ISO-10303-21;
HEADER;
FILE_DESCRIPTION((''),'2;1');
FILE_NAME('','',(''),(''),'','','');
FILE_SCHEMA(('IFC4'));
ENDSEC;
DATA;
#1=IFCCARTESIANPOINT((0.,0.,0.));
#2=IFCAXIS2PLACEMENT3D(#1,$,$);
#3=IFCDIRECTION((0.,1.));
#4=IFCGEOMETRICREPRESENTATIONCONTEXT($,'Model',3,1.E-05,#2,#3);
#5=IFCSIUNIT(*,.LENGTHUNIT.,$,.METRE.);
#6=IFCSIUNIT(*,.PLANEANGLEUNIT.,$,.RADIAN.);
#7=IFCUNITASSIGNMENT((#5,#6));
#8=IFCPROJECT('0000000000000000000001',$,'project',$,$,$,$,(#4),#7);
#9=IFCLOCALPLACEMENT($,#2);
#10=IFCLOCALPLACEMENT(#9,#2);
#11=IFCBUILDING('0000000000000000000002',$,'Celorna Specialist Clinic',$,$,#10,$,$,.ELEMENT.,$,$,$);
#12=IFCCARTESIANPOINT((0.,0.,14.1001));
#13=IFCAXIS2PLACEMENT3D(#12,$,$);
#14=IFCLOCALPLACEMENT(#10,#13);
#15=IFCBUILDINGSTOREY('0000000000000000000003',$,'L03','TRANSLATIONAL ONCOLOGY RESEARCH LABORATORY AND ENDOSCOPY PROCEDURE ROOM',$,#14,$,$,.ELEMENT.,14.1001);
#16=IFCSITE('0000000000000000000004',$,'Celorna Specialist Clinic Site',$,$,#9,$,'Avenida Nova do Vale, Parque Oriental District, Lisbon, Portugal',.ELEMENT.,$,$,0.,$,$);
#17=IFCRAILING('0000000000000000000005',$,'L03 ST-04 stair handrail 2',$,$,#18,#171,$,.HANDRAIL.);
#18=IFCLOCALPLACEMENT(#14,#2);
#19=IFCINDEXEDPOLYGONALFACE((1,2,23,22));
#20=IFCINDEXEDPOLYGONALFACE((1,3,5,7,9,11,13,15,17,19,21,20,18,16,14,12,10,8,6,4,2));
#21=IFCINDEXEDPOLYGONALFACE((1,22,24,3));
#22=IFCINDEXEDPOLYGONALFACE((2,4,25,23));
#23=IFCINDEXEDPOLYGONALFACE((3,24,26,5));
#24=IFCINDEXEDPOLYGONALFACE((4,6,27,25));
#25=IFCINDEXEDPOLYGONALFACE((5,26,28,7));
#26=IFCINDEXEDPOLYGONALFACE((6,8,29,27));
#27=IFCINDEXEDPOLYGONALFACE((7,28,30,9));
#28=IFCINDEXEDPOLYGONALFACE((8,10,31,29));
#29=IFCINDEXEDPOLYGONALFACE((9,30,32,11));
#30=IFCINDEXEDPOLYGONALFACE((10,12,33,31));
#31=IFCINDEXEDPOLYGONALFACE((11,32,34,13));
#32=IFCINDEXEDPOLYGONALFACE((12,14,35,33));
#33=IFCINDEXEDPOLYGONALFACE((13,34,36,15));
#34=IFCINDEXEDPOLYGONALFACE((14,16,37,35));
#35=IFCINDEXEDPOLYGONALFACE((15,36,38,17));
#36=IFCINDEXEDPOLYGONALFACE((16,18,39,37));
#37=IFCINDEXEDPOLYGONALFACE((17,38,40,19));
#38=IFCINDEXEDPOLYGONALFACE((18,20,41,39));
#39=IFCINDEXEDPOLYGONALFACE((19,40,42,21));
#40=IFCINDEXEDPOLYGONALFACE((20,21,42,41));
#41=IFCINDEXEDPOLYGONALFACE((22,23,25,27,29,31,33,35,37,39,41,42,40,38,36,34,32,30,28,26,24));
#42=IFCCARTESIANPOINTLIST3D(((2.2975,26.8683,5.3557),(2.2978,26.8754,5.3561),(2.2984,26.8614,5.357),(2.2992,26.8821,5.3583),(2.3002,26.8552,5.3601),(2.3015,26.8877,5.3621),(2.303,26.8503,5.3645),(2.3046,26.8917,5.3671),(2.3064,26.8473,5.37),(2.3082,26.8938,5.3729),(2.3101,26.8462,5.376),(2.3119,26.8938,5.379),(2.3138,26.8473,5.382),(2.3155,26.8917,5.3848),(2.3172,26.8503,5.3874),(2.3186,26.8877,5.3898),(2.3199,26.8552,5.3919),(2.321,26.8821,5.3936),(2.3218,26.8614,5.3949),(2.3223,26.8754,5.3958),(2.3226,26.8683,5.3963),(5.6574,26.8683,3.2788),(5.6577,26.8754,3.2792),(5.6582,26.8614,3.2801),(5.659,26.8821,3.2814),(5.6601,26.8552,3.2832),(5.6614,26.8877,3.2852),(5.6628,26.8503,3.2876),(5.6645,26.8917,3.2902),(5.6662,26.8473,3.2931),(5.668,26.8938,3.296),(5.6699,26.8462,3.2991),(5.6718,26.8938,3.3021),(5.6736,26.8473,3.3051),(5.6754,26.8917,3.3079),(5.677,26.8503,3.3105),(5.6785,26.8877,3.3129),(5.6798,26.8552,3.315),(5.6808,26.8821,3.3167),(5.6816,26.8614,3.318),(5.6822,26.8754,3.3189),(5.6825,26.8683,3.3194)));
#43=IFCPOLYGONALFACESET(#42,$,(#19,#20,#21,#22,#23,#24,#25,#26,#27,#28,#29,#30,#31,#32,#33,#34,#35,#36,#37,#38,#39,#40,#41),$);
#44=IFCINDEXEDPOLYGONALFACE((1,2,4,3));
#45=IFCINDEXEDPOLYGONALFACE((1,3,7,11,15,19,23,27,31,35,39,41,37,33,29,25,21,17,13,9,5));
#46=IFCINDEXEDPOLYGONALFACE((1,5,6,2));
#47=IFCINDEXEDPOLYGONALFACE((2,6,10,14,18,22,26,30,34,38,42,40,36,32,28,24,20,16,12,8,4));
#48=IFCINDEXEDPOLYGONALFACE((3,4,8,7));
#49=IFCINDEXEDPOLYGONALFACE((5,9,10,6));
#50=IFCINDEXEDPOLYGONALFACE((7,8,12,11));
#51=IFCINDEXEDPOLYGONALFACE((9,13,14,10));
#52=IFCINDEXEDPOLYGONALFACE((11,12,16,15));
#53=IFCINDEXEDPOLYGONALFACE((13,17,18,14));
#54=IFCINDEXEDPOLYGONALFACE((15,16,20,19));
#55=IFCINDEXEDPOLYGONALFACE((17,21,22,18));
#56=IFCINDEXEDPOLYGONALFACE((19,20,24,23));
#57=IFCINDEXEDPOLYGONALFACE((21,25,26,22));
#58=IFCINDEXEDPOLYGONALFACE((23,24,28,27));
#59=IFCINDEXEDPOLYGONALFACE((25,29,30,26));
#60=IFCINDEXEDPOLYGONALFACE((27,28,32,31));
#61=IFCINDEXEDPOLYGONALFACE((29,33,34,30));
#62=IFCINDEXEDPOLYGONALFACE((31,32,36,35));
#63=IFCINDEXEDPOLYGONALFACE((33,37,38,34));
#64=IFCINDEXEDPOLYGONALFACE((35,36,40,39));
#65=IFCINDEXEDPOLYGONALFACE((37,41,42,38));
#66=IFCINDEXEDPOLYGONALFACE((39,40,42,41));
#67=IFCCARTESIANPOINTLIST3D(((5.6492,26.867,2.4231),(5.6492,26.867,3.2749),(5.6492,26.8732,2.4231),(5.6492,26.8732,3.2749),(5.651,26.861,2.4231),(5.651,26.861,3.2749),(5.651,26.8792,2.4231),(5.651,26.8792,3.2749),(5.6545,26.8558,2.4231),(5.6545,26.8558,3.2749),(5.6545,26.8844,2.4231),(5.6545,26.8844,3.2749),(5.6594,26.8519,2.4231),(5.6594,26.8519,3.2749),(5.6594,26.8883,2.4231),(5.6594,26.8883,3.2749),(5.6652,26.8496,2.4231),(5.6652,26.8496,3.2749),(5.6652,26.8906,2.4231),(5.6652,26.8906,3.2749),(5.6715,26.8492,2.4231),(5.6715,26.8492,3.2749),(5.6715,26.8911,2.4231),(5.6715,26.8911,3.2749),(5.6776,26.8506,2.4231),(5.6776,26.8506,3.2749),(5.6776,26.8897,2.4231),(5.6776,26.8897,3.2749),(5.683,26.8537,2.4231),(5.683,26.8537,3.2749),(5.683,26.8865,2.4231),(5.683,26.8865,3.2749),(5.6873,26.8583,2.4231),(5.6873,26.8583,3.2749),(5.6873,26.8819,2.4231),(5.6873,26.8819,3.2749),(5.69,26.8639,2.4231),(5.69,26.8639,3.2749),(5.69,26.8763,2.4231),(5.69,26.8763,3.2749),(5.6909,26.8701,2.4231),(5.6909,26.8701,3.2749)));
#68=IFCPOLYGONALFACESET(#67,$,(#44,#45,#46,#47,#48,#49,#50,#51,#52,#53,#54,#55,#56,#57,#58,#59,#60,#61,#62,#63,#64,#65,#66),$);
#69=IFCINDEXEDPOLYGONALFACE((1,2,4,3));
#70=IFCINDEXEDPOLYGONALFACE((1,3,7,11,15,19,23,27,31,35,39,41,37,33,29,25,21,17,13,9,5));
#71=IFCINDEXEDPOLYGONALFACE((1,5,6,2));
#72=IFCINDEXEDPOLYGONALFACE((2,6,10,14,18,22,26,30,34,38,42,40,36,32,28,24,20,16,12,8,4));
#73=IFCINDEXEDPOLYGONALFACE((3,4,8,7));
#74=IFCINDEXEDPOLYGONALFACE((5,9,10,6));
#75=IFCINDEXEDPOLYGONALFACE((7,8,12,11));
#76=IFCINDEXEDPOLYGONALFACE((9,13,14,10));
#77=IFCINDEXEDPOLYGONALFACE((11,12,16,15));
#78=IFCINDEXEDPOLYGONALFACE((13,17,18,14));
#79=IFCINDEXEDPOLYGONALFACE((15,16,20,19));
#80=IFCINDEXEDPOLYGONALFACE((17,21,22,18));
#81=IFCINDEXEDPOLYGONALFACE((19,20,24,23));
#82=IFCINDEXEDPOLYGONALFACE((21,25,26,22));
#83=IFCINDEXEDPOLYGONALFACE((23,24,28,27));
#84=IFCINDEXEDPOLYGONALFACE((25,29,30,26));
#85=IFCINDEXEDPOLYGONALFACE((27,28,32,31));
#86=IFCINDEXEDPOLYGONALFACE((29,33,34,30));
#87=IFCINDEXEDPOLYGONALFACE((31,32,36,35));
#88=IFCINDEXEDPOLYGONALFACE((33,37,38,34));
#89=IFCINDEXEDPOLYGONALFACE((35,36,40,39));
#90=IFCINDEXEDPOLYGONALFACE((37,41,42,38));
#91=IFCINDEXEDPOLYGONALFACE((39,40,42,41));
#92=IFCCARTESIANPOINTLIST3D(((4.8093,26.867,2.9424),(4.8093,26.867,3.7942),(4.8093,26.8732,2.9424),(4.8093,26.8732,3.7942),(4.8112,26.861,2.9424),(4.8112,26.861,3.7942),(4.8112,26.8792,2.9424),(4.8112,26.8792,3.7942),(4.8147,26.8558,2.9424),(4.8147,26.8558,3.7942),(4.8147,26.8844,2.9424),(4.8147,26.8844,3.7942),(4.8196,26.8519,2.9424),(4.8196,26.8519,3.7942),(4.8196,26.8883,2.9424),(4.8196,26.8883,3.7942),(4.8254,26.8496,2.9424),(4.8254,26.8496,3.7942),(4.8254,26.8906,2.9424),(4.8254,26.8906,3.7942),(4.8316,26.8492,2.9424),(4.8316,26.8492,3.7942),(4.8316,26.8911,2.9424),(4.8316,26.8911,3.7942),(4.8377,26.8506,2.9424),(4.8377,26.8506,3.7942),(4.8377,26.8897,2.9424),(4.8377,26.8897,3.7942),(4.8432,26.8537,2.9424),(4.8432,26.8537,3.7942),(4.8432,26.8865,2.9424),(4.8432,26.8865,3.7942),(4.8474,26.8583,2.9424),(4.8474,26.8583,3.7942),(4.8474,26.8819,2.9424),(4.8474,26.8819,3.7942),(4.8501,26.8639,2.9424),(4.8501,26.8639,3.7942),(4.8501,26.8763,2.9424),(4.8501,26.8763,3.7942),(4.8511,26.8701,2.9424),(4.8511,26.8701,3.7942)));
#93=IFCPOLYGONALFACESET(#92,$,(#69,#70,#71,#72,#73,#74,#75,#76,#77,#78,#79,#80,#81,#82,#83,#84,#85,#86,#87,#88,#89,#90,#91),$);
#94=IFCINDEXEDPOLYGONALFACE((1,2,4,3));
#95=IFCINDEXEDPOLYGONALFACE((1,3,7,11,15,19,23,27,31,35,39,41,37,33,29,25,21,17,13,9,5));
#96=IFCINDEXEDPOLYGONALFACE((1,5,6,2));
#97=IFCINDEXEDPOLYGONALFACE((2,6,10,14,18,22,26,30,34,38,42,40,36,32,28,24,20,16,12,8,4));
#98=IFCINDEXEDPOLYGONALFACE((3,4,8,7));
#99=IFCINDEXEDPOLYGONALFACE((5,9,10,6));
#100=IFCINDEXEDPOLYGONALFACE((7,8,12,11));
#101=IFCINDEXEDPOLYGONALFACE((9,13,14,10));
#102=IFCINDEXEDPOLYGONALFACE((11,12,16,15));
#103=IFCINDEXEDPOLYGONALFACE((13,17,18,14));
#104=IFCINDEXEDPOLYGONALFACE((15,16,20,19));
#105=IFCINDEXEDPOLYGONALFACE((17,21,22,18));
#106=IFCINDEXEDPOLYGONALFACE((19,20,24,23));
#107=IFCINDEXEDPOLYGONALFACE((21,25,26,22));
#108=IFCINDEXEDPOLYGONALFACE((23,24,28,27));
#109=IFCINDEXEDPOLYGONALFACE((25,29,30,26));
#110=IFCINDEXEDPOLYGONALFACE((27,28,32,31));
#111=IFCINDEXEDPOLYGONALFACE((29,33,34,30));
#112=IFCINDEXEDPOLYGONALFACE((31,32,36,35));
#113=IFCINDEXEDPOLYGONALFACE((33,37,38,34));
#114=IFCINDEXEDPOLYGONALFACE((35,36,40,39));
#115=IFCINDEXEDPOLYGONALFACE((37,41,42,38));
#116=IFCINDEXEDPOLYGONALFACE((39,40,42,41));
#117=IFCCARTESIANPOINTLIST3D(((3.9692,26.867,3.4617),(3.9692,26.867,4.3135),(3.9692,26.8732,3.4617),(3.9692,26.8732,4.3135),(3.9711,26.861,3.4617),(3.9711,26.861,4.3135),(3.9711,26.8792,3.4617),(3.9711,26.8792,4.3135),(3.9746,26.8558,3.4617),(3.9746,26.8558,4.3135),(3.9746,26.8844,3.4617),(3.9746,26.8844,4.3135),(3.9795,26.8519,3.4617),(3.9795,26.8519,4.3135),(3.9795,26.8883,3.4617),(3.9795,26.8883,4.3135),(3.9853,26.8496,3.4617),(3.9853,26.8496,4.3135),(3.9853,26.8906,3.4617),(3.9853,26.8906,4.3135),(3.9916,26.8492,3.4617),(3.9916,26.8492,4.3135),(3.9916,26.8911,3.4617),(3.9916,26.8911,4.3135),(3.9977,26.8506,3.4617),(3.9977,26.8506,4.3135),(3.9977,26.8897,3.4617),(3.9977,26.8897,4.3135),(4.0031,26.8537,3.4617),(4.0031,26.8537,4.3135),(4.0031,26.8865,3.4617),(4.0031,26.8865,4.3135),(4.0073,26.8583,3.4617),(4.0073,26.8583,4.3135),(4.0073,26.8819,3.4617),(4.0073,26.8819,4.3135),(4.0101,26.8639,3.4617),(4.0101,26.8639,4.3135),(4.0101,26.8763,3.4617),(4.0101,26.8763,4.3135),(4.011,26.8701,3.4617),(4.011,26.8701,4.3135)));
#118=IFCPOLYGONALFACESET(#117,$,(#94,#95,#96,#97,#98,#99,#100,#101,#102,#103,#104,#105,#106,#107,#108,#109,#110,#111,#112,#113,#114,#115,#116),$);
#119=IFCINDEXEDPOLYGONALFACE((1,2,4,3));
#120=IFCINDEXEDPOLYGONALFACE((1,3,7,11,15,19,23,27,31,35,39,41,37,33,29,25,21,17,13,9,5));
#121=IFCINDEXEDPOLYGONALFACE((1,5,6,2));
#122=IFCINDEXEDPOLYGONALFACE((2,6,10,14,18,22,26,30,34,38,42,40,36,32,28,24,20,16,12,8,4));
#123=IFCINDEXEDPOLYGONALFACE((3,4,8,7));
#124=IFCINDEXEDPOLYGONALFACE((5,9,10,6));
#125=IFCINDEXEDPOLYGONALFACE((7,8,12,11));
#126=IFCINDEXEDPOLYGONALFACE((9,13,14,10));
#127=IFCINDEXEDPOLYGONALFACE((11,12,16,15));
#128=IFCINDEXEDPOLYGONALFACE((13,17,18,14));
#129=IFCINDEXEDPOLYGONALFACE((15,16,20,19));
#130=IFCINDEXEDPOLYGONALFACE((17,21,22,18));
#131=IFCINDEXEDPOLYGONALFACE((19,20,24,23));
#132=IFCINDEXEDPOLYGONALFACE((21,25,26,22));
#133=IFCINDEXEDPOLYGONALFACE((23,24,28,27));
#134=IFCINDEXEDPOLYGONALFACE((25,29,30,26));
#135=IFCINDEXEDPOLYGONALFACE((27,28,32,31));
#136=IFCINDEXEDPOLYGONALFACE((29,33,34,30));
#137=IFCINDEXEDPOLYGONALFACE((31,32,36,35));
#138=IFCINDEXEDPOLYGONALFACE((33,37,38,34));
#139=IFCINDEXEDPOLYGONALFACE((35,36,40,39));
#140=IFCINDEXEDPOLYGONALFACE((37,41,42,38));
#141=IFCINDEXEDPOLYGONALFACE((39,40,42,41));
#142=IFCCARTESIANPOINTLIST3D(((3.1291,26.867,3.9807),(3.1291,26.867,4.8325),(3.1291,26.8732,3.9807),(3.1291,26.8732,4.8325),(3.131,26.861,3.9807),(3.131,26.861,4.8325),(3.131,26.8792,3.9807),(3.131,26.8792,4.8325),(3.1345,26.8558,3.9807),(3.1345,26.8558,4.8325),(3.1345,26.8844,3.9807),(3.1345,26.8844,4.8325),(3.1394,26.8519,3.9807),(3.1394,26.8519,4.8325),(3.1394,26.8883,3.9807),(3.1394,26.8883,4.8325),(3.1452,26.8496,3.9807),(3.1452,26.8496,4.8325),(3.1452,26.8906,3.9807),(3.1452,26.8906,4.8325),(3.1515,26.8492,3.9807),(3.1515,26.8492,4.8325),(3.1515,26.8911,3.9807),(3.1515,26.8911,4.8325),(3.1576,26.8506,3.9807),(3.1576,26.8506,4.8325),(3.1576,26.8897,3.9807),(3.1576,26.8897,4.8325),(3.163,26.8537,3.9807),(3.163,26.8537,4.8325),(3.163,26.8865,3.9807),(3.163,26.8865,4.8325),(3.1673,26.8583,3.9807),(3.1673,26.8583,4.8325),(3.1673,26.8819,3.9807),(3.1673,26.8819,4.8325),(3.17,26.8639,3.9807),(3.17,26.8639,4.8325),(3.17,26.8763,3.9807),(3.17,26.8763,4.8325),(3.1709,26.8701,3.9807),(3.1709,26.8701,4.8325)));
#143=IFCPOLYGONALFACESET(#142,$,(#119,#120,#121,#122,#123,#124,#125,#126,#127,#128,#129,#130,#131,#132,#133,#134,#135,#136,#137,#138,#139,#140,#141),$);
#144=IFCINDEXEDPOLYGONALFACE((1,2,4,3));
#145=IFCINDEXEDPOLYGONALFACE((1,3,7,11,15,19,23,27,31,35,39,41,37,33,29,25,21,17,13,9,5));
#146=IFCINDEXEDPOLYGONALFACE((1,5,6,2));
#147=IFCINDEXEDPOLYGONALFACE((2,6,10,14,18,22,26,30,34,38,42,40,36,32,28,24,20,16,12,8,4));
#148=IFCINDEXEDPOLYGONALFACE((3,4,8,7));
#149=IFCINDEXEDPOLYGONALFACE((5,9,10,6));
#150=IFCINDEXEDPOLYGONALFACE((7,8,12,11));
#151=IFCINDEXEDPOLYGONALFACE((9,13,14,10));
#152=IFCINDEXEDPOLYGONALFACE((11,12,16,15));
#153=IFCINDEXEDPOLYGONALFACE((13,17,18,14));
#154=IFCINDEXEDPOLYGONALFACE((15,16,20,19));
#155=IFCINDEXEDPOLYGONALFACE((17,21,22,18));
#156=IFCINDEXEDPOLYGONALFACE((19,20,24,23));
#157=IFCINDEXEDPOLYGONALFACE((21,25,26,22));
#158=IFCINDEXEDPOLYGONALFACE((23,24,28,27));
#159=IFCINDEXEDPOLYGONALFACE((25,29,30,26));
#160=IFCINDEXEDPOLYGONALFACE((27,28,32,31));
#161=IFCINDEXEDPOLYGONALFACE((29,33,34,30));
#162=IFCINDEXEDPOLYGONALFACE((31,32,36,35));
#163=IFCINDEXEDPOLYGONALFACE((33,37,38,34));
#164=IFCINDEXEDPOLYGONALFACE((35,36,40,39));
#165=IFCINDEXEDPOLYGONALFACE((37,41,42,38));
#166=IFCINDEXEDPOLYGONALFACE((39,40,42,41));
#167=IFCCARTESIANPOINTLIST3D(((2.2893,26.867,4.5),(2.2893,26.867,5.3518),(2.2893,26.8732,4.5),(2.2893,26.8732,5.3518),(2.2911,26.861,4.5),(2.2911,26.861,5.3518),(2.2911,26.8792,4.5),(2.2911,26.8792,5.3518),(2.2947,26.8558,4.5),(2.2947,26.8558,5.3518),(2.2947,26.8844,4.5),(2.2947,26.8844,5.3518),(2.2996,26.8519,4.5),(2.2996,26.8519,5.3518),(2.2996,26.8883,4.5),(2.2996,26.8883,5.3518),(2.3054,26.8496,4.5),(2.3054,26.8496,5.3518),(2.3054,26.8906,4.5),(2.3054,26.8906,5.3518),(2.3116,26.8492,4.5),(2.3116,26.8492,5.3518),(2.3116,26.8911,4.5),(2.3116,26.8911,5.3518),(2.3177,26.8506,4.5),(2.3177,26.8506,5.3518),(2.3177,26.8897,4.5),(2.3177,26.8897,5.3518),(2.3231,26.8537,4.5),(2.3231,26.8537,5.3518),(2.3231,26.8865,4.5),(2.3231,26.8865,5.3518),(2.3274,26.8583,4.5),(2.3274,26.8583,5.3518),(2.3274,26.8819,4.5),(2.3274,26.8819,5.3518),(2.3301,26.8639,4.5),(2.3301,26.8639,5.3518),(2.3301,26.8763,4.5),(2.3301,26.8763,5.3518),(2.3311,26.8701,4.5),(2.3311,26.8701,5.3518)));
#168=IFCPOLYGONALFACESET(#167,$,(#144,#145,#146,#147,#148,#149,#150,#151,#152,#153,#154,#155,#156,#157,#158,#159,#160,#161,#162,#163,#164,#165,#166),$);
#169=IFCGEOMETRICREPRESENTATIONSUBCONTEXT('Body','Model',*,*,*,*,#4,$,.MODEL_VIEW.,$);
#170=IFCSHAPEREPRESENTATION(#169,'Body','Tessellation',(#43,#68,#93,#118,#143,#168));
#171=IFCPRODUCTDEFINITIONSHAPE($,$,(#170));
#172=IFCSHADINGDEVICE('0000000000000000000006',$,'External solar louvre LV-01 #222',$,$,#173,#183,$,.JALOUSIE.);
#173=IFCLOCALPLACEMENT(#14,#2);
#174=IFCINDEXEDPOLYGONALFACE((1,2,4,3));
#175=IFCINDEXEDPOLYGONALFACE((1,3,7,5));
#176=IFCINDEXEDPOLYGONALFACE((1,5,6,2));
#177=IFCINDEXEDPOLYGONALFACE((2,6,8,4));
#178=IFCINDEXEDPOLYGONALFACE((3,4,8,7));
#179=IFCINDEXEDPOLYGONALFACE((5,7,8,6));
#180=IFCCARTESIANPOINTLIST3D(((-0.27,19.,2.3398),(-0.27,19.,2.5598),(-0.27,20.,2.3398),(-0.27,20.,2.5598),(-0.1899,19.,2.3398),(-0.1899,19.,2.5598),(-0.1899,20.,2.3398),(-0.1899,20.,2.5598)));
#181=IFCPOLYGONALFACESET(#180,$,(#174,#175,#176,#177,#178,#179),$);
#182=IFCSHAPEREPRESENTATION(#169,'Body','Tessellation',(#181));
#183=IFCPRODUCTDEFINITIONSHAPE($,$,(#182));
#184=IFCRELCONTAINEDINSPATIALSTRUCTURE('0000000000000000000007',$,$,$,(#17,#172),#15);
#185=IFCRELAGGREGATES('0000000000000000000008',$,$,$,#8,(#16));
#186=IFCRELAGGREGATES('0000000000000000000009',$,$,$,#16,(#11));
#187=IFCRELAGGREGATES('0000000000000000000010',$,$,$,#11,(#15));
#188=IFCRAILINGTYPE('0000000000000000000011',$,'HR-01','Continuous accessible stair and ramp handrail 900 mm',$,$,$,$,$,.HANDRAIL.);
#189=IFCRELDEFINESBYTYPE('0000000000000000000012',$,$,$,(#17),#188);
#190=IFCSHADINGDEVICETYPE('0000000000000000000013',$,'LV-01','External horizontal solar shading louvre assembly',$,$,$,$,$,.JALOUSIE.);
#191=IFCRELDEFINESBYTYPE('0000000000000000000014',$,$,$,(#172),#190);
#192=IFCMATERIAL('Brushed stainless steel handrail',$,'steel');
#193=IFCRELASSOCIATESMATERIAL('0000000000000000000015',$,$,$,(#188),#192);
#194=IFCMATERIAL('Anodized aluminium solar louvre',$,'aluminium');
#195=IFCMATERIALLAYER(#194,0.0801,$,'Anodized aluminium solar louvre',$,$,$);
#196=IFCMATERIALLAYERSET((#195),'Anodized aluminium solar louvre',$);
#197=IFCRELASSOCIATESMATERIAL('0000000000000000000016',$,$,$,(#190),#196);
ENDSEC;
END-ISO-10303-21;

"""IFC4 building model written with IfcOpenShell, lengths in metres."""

from ifc_helpers import new_model, si_unit, direction, frame, origin, origin_2d, place, context, subcontext, project, spatial, rectangle, circle, extrude, material, layer, layer_set, type_object, element, save


model = new_model("IFC4")

# Units and contexts
model_context = context("Model", 3, precision=1e-05, world=origin(), true_north=direction((0.0, 1.0)))
body_context = subcontext(model_context, "Body", "Model", "MODEL_VIEW")
ifc_project = project(units=[si_unit("LENGTHUNIT", "METRE"), si_unit("PLANEANGLEUNIT", "RADIAN")], contexts=[model_context])

# Site, building, storey
site_placement = place(None, origin())
site = spatial("IfcSite", under=ifc_project, at=site_placement, Name="Celorna Specialist Clinic Site", LongName="Avenida Nova do Vale, Parque Oriental District, Lisbon, Portugal", CompositionType="ELEMENT", RefElevation=0.0)
building_placement = place(site_placement, origin())
building = spatial("IfcBuilding", under=site, at=building_placement, Name="Celorna Specialist Clinic", CompositionType="ELEMENT")
storey_placement = place(building_placement, frame((0.0, 0.0, 14.1001)))
storey = spatial("IfcBuildingStorey", under=building, at=storey_placement, Name="L03", Description="TRANSLATIONAL ONCOLOGY RESEARCH LABORATORY AND ENDOSCOPY PROCEDURE ROOM", CompositionType="ELEMENT", Elevation=14.1001)

# Railing
ifc_material_1 = material(Name="Brushed stainless steel handrail", Category="steel")
railing_type_1 = type_object("IfcRailingType", Name="HR-01", Description="Continuous accessible stair and ramp handrail 900 mm", PredefinedType="HANDRAIL", material=ifc_material_1)
railing_1_placement = place(storey_placement, frame((5.6699, 26.8701, 2.4231)))
element("IfcRailing", 1, at=railing_1_placement, inside=storey, type_object=railing_type_1, Name="L03 ST-04 stair handrail 2", PredefinedType="HANDRAIL", context=body_context, shape_type="SweptSolid", body=[
    extrude(circle(Radius=0.0239, at=origin_2d()), frame((0.0, 0.0, 0.876), z_axis=(-0.850606, 0.0, 0.525803), x_axis=(0.0, -1.0, 0.0)), (0.0, 0.0, 1.0), 3.95),
    extrude(circle(Radius=0.021, at=origin_2d()), origin(), (0.0, 0.0, 1.0), 0.8518),
    extrude(circle(Radius=0.021, at=origin_2d()), frame((-0.8398, 0.0, 0.5193)), (0.0, 0.0, 1.0), 0.8518),
    extrude(circle(Radius=0.021, at=origin_2d()), frame((-1.6799, 0.0, 1.0386)), (0.0, 0.0, 1.0), 0.8518),
    extrude(circle(Radius=0.021, at=origin_2d()), frame((-2.52, 0.0, 1.5576)), (0.0, 0.0, 1.0), 0.8518),
    extrude(circle(Radius=0.021, at=origin_2d()), frame((-3.3599, 0.0, 2.0769)), (0.0, 0.0, 1.0), 0.8518),
])

# Shading device
ifc_material_2 = material(Name="Anodized aluminium solar louvre", Category="aluminium")
ifc_layer_1 = layer(ifc_material_2, 0.0801, Name="Anodized aluminium solar louvre")
ifc_layer_set_1 = layer_set([ifc_layer_1], Name="Anodized aluminium solar louvre")
shading_device_type = type_object("IfcShadingDeviceType", Name="LV-01", Description="External horizontal solar shading louvre assembly", PredefinedType="JALOUSIE", material=ifc_layer_set_1)
shading_device_placement = place(storey_placement, frame((-0.23, 19.5, 2.3398), z_axis=(0.0, 0.0, 1.0), x_axis=(0.0, 1.0, 0.0)))
element("IfcShadingDevice", 2, at=shading_device_placement, inside=storey, type_object=shading_device_type, Name="External solar louvre LV-01 #222", PredefinedType="JALOUSIE", context=body_context, shape_type="SweptSolid", body=[
    extrude(rectangle(XDim=1.0, YDim=0.0801, at=origin_2d()), origin(), (0.0, 0.0, 1.0), 0.22),
])

save(model, "model.ifc")
